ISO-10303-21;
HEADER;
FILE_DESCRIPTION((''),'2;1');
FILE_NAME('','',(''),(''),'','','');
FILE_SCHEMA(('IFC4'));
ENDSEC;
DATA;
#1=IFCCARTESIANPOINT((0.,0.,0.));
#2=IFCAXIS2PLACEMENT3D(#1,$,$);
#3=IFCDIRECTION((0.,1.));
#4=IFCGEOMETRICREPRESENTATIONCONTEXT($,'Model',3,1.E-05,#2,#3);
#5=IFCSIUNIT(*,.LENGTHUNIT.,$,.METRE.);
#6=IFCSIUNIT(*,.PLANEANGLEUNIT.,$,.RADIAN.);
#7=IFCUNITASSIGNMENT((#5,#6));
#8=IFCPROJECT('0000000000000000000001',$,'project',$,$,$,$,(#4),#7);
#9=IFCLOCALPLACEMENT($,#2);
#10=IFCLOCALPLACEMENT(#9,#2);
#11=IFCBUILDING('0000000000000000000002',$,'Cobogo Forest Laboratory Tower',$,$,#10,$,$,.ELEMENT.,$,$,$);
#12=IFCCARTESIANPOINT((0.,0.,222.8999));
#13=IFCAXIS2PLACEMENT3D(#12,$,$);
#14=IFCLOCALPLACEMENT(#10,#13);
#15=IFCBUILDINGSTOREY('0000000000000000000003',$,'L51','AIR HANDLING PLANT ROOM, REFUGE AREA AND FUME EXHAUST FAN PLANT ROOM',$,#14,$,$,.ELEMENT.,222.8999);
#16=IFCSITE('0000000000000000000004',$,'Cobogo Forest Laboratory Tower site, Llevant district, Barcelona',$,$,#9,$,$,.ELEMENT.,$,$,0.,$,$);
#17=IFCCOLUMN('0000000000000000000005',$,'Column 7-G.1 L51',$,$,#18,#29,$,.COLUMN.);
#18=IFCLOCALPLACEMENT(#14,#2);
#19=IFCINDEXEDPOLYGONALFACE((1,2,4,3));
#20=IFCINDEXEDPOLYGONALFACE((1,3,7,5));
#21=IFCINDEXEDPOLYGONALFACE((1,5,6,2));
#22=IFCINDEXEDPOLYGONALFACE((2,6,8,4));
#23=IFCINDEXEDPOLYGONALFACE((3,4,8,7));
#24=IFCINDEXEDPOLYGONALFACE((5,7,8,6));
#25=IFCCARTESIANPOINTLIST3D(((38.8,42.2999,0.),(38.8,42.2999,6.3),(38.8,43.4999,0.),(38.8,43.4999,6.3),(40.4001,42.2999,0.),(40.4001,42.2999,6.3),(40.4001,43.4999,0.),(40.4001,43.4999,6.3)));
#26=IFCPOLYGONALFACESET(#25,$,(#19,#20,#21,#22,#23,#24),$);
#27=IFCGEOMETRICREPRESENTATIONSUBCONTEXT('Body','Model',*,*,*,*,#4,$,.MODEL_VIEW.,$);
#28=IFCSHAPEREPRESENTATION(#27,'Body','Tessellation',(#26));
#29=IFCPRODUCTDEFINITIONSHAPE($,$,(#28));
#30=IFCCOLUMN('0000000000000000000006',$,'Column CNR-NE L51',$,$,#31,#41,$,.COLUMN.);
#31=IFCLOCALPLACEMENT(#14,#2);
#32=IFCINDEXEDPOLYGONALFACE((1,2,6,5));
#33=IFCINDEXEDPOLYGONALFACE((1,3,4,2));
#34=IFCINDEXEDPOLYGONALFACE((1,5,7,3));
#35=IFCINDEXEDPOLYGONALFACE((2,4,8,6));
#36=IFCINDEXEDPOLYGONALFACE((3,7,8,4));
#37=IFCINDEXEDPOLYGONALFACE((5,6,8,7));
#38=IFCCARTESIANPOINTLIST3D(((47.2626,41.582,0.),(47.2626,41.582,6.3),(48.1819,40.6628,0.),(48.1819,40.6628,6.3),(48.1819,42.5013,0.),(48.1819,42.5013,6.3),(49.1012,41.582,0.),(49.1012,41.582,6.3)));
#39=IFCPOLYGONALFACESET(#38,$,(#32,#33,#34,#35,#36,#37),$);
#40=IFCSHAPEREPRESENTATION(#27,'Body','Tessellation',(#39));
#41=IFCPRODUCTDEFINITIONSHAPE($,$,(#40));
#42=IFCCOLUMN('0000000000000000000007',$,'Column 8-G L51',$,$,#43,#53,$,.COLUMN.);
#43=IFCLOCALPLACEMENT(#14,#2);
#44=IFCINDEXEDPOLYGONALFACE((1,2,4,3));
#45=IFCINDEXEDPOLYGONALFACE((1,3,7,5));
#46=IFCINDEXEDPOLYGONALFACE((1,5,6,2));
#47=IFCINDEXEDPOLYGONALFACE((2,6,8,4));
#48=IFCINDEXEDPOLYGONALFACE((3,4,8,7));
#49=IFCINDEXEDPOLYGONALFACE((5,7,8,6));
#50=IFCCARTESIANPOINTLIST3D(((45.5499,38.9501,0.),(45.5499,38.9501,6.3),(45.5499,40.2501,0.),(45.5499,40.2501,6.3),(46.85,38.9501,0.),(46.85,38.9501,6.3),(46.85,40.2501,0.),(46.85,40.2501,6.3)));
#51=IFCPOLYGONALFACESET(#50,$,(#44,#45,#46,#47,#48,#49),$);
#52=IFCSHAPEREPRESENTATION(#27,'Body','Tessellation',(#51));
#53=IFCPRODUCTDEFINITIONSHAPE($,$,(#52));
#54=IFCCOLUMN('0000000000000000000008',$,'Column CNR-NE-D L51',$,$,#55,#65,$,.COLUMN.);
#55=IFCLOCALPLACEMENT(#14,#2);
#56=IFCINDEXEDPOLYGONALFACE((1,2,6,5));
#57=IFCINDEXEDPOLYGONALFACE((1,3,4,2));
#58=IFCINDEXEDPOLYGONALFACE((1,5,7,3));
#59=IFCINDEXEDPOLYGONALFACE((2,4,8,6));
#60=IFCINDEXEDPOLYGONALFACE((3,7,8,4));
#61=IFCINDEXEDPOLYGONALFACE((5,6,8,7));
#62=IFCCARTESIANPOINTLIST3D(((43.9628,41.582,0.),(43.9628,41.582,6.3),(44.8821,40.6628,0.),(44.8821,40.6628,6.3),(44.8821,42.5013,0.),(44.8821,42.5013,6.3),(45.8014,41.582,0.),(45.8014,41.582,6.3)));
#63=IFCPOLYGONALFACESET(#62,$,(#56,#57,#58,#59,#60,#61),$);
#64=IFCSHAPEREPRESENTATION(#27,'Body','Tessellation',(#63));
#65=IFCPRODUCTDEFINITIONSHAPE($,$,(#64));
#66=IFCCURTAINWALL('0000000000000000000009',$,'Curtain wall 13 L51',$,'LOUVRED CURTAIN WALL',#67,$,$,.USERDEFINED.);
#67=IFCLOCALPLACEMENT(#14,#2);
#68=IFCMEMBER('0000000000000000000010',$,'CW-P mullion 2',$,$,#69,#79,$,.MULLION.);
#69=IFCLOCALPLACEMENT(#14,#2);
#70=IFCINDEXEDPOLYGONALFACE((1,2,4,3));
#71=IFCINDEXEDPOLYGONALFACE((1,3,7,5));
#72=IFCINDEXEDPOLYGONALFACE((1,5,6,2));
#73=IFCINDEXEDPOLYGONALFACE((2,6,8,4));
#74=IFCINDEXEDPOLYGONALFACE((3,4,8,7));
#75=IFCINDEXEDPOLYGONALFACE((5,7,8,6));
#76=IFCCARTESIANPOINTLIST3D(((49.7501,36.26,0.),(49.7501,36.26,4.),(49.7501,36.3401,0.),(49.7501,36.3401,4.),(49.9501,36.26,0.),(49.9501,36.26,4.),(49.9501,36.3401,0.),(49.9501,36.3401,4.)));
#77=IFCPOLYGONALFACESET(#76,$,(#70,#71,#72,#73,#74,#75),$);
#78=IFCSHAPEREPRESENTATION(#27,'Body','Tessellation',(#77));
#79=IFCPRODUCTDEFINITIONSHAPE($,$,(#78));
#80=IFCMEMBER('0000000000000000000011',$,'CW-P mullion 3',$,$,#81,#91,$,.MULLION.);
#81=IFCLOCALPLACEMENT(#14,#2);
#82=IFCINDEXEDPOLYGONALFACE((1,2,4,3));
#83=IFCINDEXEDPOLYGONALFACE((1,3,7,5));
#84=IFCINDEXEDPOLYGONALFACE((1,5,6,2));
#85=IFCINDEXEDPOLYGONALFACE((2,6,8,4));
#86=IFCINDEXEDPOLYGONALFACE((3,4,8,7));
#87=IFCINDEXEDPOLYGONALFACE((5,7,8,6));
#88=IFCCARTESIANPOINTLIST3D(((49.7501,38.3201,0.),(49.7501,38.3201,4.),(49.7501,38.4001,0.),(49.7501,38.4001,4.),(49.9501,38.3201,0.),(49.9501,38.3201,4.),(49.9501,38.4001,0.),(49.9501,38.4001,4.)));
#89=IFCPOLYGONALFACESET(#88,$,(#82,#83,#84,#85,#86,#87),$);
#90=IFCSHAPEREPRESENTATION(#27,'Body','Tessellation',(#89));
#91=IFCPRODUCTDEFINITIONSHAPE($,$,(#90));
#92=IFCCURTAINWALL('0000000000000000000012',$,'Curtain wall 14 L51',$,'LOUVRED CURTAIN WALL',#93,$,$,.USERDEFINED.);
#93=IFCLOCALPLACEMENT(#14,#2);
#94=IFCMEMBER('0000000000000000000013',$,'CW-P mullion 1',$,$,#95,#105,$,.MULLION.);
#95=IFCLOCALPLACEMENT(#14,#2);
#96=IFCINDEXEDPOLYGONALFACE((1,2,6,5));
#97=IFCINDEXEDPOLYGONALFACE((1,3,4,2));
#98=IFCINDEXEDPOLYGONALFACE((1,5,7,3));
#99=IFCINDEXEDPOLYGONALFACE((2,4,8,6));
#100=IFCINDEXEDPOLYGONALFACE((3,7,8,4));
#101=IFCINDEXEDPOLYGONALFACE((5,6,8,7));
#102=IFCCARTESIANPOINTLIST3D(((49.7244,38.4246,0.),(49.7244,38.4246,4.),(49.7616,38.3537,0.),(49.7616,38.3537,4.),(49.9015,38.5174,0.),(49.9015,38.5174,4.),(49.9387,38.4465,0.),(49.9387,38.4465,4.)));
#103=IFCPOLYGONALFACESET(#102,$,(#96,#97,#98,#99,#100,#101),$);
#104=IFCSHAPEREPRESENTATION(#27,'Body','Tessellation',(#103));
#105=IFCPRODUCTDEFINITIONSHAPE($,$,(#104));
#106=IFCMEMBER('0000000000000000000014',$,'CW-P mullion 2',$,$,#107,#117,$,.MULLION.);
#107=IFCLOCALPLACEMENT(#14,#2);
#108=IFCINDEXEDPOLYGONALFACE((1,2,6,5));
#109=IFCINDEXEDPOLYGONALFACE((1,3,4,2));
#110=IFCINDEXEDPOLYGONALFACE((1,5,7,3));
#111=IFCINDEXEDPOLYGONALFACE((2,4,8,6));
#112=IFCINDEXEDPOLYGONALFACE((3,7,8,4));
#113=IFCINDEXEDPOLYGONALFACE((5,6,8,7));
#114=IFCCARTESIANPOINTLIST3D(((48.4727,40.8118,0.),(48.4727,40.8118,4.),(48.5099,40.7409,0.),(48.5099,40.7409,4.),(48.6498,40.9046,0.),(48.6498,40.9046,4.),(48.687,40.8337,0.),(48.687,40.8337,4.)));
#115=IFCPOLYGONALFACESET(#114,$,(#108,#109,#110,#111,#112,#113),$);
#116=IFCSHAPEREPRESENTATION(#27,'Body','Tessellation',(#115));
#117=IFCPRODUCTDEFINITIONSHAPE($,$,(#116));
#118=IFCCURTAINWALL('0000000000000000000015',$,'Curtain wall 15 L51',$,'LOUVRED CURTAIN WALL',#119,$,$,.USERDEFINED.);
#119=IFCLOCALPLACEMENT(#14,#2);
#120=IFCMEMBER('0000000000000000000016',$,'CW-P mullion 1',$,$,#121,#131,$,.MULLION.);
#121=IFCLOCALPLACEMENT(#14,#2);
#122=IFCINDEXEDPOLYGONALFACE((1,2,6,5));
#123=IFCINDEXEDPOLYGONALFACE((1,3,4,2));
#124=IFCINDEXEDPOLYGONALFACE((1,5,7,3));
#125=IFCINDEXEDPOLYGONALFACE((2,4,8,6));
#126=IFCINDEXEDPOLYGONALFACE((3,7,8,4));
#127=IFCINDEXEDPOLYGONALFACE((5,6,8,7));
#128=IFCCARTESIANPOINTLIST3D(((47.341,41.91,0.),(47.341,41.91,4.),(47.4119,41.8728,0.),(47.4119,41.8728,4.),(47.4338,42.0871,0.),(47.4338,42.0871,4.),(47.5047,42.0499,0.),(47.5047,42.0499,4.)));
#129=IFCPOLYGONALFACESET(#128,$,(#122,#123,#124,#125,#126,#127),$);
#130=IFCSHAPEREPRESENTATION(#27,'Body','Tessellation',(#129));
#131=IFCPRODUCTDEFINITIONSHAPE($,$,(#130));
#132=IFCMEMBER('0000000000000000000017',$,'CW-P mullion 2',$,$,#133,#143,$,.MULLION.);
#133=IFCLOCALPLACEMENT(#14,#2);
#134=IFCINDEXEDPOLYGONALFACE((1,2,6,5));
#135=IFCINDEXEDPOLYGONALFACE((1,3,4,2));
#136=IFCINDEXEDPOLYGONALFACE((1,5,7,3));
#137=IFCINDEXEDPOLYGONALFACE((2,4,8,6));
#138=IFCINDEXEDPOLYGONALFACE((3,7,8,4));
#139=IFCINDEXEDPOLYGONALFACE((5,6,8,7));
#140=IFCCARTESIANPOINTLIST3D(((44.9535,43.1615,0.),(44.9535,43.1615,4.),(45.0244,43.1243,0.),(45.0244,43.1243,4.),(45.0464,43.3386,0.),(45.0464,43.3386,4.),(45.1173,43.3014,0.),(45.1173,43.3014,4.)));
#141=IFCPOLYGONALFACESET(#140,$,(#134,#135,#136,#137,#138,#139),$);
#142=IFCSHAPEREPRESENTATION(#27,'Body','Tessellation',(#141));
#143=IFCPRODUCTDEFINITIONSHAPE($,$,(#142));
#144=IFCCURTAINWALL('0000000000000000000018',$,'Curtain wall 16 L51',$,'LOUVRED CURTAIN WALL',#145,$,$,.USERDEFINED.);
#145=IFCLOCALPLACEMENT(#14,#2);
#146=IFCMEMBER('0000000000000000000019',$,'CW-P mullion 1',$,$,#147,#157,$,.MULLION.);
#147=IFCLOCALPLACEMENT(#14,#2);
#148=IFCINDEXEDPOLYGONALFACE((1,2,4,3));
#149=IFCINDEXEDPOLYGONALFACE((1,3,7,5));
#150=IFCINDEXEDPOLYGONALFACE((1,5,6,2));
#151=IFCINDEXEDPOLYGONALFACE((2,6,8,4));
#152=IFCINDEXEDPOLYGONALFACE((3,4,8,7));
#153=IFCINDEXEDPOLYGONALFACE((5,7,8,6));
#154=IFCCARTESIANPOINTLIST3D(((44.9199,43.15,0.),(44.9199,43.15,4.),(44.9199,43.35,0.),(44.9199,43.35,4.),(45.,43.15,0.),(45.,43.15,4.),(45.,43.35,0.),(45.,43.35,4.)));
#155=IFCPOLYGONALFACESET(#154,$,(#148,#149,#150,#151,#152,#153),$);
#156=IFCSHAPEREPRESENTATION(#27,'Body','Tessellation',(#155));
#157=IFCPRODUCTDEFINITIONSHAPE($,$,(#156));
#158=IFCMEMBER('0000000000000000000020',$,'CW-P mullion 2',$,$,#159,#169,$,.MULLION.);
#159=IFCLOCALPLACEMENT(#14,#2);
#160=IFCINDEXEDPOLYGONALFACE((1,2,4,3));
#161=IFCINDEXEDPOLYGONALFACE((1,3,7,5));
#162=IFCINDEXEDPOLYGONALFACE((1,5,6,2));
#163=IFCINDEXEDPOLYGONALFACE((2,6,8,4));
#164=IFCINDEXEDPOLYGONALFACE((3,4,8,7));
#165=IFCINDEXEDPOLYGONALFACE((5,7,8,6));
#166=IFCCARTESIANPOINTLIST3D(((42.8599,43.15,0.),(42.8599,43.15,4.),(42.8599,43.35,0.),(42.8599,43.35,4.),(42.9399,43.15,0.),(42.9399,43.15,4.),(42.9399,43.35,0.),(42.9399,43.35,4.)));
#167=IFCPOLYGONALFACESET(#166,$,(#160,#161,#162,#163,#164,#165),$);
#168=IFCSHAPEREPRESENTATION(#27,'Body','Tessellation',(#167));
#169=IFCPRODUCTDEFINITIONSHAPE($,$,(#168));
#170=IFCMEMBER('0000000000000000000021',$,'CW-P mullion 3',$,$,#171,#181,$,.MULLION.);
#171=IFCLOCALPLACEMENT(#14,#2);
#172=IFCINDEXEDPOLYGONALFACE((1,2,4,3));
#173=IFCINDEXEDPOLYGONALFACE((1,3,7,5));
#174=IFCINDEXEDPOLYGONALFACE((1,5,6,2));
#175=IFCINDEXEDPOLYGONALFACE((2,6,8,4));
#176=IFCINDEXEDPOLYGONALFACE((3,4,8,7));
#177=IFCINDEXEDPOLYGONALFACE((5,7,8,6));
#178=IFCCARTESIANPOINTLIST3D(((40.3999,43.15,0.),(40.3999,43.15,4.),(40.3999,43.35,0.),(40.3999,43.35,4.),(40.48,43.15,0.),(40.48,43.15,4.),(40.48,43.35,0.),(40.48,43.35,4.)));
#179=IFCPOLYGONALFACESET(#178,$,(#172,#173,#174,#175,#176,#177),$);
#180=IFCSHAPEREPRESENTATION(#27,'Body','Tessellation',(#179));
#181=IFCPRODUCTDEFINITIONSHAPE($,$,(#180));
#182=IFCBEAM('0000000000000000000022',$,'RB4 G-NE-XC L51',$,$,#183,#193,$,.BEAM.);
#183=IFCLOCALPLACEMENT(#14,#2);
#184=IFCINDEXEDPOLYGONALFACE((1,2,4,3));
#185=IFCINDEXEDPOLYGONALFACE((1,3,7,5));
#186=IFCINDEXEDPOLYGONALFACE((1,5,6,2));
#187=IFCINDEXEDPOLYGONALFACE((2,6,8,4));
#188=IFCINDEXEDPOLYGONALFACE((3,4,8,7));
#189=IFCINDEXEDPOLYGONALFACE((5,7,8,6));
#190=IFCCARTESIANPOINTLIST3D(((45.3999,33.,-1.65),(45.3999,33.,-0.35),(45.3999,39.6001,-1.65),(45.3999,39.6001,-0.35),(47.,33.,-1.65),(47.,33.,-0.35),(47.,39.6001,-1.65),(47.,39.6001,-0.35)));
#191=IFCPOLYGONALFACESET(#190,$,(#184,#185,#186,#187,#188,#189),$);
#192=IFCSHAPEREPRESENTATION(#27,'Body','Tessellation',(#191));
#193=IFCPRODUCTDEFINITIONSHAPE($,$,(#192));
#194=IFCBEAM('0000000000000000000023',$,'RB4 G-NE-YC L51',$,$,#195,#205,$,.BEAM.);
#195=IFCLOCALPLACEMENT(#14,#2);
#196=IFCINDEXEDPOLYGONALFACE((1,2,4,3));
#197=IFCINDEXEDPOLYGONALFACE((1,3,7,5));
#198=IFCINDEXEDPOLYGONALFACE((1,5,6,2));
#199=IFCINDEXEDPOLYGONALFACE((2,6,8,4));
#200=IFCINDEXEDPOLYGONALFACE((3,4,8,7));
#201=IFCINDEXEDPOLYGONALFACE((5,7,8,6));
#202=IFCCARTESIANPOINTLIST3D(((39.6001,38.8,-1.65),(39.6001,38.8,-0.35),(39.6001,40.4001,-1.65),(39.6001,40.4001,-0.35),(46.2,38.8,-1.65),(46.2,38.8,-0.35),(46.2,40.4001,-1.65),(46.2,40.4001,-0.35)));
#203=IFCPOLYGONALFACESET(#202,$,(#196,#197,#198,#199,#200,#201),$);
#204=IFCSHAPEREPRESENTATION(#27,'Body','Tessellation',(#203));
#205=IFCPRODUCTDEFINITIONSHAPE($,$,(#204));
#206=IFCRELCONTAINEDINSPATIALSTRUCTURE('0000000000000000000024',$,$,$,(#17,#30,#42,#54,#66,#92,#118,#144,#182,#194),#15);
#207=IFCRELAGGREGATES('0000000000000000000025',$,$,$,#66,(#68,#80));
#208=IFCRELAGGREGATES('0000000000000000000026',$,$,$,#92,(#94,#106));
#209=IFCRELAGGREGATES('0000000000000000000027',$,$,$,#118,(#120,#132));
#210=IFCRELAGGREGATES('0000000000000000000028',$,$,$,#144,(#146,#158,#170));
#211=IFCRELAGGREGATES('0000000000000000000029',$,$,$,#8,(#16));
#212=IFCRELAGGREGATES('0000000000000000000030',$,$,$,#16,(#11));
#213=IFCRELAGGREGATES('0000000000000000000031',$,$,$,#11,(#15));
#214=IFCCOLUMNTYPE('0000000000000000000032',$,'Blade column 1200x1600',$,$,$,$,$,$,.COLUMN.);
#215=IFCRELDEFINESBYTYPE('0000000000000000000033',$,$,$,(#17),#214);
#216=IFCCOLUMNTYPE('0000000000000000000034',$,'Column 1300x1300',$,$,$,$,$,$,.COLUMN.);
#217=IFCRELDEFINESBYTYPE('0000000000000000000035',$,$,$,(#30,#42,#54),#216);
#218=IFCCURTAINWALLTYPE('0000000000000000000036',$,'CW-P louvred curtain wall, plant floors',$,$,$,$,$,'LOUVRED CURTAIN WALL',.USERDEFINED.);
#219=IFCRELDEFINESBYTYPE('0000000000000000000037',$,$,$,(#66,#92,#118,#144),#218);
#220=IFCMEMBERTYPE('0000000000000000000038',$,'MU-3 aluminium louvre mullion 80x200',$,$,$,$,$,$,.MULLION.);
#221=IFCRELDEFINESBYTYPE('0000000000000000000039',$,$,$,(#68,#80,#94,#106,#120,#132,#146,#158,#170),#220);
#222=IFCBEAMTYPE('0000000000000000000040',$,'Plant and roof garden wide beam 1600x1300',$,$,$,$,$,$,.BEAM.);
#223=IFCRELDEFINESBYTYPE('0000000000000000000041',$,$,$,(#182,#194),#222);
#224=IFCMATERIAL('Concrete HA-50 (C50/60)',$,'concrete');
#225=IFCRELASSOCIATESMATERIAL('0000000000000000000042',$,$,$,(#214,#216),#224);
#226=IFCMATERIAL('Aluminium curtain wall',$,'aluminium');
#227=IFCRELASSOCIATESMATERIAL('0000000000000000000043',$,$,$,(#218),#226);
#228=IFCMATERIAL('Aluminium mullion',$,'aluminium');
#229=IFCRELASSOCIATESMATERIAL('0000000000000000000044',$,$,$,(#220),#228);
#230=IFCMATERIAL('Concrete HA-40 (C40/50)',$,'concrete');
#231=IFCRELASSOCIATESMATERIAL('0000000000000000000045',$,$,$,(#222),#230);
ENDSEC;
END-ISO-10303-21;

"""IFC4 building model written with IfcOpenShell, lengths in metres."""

from ifc_helpers import new_model, si_unit, direction, frame, origin, origin_2d, place, context, subcontext, project, spatial, rectangle, extrude, material, material_profile, profile_set, type_object, element, aggregate, save


model = new_model("IFC4")

# Units and contexts
model_context = context("Model", 3, precision=1e-05, world=origin(), true_north=direction((0.0, 1.0)))
body_context = subcontext(model_context, "Body", "Model", "MODEL_VIEW")
ifc_project = project(units=[si_unit("LENGTHUNIT", "METRE"), si_unit("PLANEANGLEUNIT", "RADIAN")], contexts=[model_context])

# Site, building, storey
site_placement = place(None, origin())
site = spatial("IfcSite", under=ifc_project, at=site_placement, Name="Cobogo Forest Laboratory Tower site, Llevant district, Barcelona", CompositionType="ELEMENT", RefElevation=0.0)
building_placement = place(site_placement, origin())
building = spatial("IfcBuilding", under=site, at=building_placement, Name="Cobogo Forest Laboratory Tower", CompositionType="ELEMENT")
storey_placement = place(building_placement, frame((0.0, 0.0, 222.8999)))
storey = spatial("IfcBuildingStorey", under=building, at=storey_placement, Name="L51", Description="AIR HANDLING PLANT ROOM, REFUGE AREA AND FUME EXHAUST FAN PLANT ROOM", CompositionType="ELEMENT", Elevation=222.8999)

# Columns
ifc_material_1 = material(Name="Concrete HA-50 (C50/60)", Category="concrete")
ifc_material_profile_1 = material_profile(ifc_material_1, rectangle(XDim=1.6001, YDim=1.2, at=origin_2d()), Name="RC 1200x1600")
ifc_profile_set_1 = profile_set([ifc_material_profile_1], Name="Concrete HA-50 (C50/60)")
column_type_1 = type_object("IfcColumnType", Name="Blade column 1200x1600", PredefinedType="COLUMN", material=ifc_profile_set_1)
column_placement = place(storey_placement, frame((39.6001, 42.8999, 0.0), z_axis=(0.0, 0.0, 1.0), x_axis=(1.0, 0.0, 0.0)))
element("IfcColumn", 1, at=column_placement, inside=storey, type_object=column_type_1, Name="Column 7-G.1 L51", PredefinedType="COLUMN", context=body_context, shape_type="SweptSolid", body=[
    extrude(rectangle(XDim=1.6001, YDim=1.2, at=origin_2d()), origin(), (0.0, 0.0, 1.0), 6.3),
])
ifc_material_profile_2 = material_profile(ifc_material_1, rectangle(XDim=1.3, YDim=1.3, at=origin_2d()), Name="RC 1300x1300")
ifc_profile_set_2 = profile_set([ifc_material_profile_2], Name="Concrete HA-50 (C50/60)")
column_type_2 = type_object("IfcColumnType", Name="Column 1300x1300", PredefinedType="COLUMN", material=ifc_profile_set_2)
for number, where, z_axis, x_axis, name in (
    (2, (48.1819, 41.582, 0.0), (0.0, 0.0, 1.0), (0.707107, 0.707107, 0.0), "Column CNR-NE L51"),
    (3, (46.2, 39.6001, 0.0), (0.0, 0.0, 1.0), (1.0, 0.0, 0.0), "Column 8-G L51"),
    (4, (44.8821, 41.582, 0.0), (0.0, 0.0, 1.0), (0.707107, 0.707107, 0.0), "Column CNR-NE-D L51"),
):
    element("IfcColumn", number, at=place(storey_placement, frame(where, z_axis=z_axis, x_axis=x_axis)), inside=storey, type_object=column_type_2, Name=name, PredefinedType="COLUMN", context=body_context, shape_type="SweptSolid", body=[
        extrude(rectangle(XDim=1.3, YDim=1.3, at=origin_2d()), origin(), (0.0, 0.0, 1.0), 6.3),
    ])

# Curtain walls, members
ifc_material_2 = material(Name="Aluminium curtain wall", Category="aluminium")
curtain_wall_type = type_object("IfcCurtainWallType", Name="CW-P louvred curtain wall, plant floors", ElementType="LOUVRED CURTAIN WALL", PredefinedType="USERDEFINED", material=ifc_material_2)
curtain_wall_1_placement = place(storey_placement, origin())
curtain_wall_1 = element("IfcCurtainWall", 5, at=curtain_wall_1_placement, inside=storey, type_object=curtain_wall_type, Name="Curtain wall 13 L51", ObjectType="LOUVRED CURTAIN WALL", PredefinedType="USERDEFINED")
ifc_material_3 = material(Name="Aluminium mullion", Category="aluminium")
ifc_material_profile_3 = material_profile(ifc_material_3, rectangle(XDim=0.0801, YDim=0.2, at=origin_2d()), Name="AL 80x200")
ifc_profile_set_3 = profile_set([ifc_material_profile_3], Name="Aluminium mullion")
member_type_1 = type_object("IfcMemberType", Name="MU-3 aluminium louvre mullion 80x200", PredefinedType="MULLION", material=ifc_profile_set_3)
member_1_placement = place(storey_placement, frame((49.8501, 36.3, 0.0), z_axis=(0.0, 0.0, 1.0), x_axis=(0.0, 1.0, 0.0)))
member_1 = element("IfcMember", 6, at=member_1_placement, type_object=member_type_1, Name="CW-P mullion 2", PredefinedType="MULLION", context=body_context, shape_type="SweptSolid", body=[
    extrude(rectangle(XDim=0.0801, YDim=0.2, at=origin_2d()), origin(), (0.0, 0.0, 1.0), 4.0),
])
member_2_placement = place(storey_placement, frame((49.8501, 38.3601, 0.0), z_axis=(0.0, 0.0, 1.0), x_axis=(0.0, 1.0, 0.0)))
member_2 = element("IfcMember", 7, at=member_2_placement, type_object=member_type_1, Name="CW-P mullion 3", PredefinedType="MULLION", context=body_context, shape_type="SweptSolid", body=[
    extrude(rectangle(XDim=0.0801, YDim=0.2, at=origin_2d()), origin(), (0.0, 0.0, 1.0), 4.0),
])
curtain_wall_2_placement = place(storey_placement, origin())
curtain_wall_2 = element("IfcCurtainWall", 8, at=curtain_wall_2_placement, inside=storey, type_object=curtain_wall_type, Name="Curtain wall 14 L51", ObjectType="LOUVRED CURTAIN WALL", PredefinedType="USERDEFINED")
member_3_placement = place(storey_placement, frame((49.8315, 38.4355, 0.0), z_axis=(0.0, 0.0, 1.0), x_axis=(-0.464284, 0.885687, 0.0)))
member_3 = element("IfcMember", 9, at=member_3_placement, type_object=member_type_1, Name="CW-P mullion 1", PredefinedType="MULLION", context=body_context, shape_type="SweptSolid", body=[
    extrude(rectangle(XDim=0.0801, YDim=0.2, at=origin_2d()), origin(), (0.0, 0.0, 1.0), 4.0),
])
member_4_placement = place(storey_placement, frame((48.5798, 40.8228, 0.0), z_axis=(0.0, 0.0, 1.0), x_axis=(-0.464284, 0.885687, 0.0)))
member_4 = element("IfcMember", 10, at=member_4_placement, type_object=member_type_1, Name="CW-P mullion 2", PredefinedType="MULLION", context=body_context, shape_type="SweptSolid", body=[
    extrude(rectangle(XDim=0.0801, YDim=0.2, at=origin_2d()), origin(), (0.0, 0.0, 1.0), 4.0),
])
curtain_wall_3_placement = place(storey_placement, origin())
curtain_wall_3 = element("IfcCurtainWall", 11, at=curtain_wall_3_placement, inside=storey, type_object=curtain_wall_type, Name="Curtain wall 15 L51", ObjectType="LOUVRED CURTAIN WALL", PredefinedType="USERDEFINED")
member_5_placement = place(storey_placement, frame((47.4229, 41.98, 0.0), z_axis=(0.0, 0.0, 1.0), x_axis=(-0.885687, 0.464284, 0.0)))
member_5 = element("IfcMember", 12, at=member_5_placement, type_object=member_type_1, Name="CW-P mullion 1", PredefinedType="MULLION", context=body_context, shape_type="SweptSolid", body=[
    extrude(rectangle(XDim=0.0801, YDim=0.2, at=origin_2d()), origin(), (0.0, 0.0, 1.0), 4.0),
])
member_6_placement = place(storey_placement, frame((45.0354, 43.2314, 0.0), z_axis=(0.0, 0.0, 1.0), x_axis=(-0.885687, 0.464284, 0.0)))
member_6 = element("IfcMember", 13, at=member_6_placement, type_object=member_type_1, Name="CW-P mullion 2", PredefinedType="MULLION", context=body_context, shape_type="SweptSolid", body=[
    extrude(rectangle(XDim=0.0801, YDim=0.2, at=origin_2d()), origin(), (0.0, 0.0, 1.0), 4.0),
])
curtain_wall_4_placement = place(storey_placement, origin())
curtain_wall_4 = element("IfcCurtainWall", 14, at=curtain_wall_4_placement, inside=storey, type_object=curtain_wall_type, Name="Curtain wall 16 L51", ObjectType="LOUVRED CURTAIN WALL", PredefinedType="USERDEFINED")
member_7_placement = place(storey_placement, frame((44.96, 43.25, 0.0), z_axis=(0.0, 0.0, 1.0), x_axis=(-1.0, 0.0, 0.0)))
member_7 = element("IfcMember", 15, at=member_7_placement, type_object=member_type_1, Name="CW-P mullion 1", PredefinedType="MULLION", context=body_context, shape_type="SweptSolid", body=[
    extrude(rectangle(XDim=0.0801, YDim=0.2, at=origin_2d()), origin(), (0.0, 0.0, 1.0), 4.0),
])
member_8_placement = place(storey_placement, frame((42.8999, 43.25, 0.0), z_axis=(0.0, 0.0, 1.0), x_axis=(-1.0, 0.0, 0.0)))
member_8 = element("IfcMember", 16, at=member_8_placement, type_object=member_type_1, Name="CW-P mullion 2", PredefinedType="MULLION", context=body_context, shape_type="SweptSolid", body=[
    extrude(rectangle(XDim=0.0801, YDim=0.2, at=origin_2d()), origin(), (0.0, 0.0, 1.0), 4.0),
])
member_9_placement = place(storey_placement, frame((40.4399, 43.25, 0.0), z_axis=(0.0, 0.0, 1.0), x_axis=(-1.0, 0.0, 0.0)))
member_9 = element("IfcMember", 17, at=member_9_placement, type_object=member_type_1, Name="CW-P mullion 3", PredefinedType="MULLION", context=body_context, shape_type="SweptSolid", body=[
    extrude(rectangle(XDim=0.0801, YDim=0.2, at=origin_2d()), origin(), (0.0, 0.0, 1.0), 4.0),
])

# Beams
ifc_material_4 = material(Name="Concrete HA-40 (C40/50)", Category="concrete")
ifc_material_profile_4 = material_profile(ifc_material_4, rectangle(XDim=1.6001, YDim=1.3, at=origin_2d()), Name="RC 1600x1300")
ifc_profile_set_4 = profile_set([ifc_material_profile_4], Name="Concrete HA-40 (C40/50)")
beam_type_1 = type_object("IfcBeamType", Name="Plant and roof garden wide beam 1600x1300", PredefinedType="BEAM", material=ifc_profile_set_4)
beam_1_placement = place(storey_placement, frame((46.2, 39.6001, -1.0), z_axis=(0.0, -1.0, 0.0), x_axis=(1.0, 0.0, 0.0)))
element("IfcBeam", 18, at=beam_1_placement, inside=storey, type_object=beam_type_1, Name="RB4 G-NE-XC L51", PredefinedType="BEAM", context=body_context, shape_type="SweptSolid", body=[
    extrude(rectangle(XDim=1.6001, YDim=1.3, at=origin_2d()), origin(), (0.0, 0.0, 1.0), 6.6001),
])
beam_2_placement = place(storey_placement, frame((46.2, 39.6001, -1.0), z_axis=(-1.0, 0.0, 0.0), x_axis=(0.0, -1.0, 0.0)))
element("IfcBeam", 19, at=beam_2_placement, inside=storey, type_object=beam_type_1, Name="RB4 G-NE-YC L51", PredefinedType="BEAM", context=body_context, shape_type="SweptSolid", body=[
    extrude(rectangle(XDim=1.6001, YDim=1.3, at=origin_2d()), origin(), (0.0, 0.0, 1.0), 6.5999),
])

aggregate(curtain_wall_1, [member_1, member_2])
aggregate(curtain_wall_2, [member_3, member_4])
aggregate(curtain_wall_3, [member_5, member_6])
aggregate(curtain_wall_4, [member_7, member_8, member_9])

save(model, "model.ifc")
